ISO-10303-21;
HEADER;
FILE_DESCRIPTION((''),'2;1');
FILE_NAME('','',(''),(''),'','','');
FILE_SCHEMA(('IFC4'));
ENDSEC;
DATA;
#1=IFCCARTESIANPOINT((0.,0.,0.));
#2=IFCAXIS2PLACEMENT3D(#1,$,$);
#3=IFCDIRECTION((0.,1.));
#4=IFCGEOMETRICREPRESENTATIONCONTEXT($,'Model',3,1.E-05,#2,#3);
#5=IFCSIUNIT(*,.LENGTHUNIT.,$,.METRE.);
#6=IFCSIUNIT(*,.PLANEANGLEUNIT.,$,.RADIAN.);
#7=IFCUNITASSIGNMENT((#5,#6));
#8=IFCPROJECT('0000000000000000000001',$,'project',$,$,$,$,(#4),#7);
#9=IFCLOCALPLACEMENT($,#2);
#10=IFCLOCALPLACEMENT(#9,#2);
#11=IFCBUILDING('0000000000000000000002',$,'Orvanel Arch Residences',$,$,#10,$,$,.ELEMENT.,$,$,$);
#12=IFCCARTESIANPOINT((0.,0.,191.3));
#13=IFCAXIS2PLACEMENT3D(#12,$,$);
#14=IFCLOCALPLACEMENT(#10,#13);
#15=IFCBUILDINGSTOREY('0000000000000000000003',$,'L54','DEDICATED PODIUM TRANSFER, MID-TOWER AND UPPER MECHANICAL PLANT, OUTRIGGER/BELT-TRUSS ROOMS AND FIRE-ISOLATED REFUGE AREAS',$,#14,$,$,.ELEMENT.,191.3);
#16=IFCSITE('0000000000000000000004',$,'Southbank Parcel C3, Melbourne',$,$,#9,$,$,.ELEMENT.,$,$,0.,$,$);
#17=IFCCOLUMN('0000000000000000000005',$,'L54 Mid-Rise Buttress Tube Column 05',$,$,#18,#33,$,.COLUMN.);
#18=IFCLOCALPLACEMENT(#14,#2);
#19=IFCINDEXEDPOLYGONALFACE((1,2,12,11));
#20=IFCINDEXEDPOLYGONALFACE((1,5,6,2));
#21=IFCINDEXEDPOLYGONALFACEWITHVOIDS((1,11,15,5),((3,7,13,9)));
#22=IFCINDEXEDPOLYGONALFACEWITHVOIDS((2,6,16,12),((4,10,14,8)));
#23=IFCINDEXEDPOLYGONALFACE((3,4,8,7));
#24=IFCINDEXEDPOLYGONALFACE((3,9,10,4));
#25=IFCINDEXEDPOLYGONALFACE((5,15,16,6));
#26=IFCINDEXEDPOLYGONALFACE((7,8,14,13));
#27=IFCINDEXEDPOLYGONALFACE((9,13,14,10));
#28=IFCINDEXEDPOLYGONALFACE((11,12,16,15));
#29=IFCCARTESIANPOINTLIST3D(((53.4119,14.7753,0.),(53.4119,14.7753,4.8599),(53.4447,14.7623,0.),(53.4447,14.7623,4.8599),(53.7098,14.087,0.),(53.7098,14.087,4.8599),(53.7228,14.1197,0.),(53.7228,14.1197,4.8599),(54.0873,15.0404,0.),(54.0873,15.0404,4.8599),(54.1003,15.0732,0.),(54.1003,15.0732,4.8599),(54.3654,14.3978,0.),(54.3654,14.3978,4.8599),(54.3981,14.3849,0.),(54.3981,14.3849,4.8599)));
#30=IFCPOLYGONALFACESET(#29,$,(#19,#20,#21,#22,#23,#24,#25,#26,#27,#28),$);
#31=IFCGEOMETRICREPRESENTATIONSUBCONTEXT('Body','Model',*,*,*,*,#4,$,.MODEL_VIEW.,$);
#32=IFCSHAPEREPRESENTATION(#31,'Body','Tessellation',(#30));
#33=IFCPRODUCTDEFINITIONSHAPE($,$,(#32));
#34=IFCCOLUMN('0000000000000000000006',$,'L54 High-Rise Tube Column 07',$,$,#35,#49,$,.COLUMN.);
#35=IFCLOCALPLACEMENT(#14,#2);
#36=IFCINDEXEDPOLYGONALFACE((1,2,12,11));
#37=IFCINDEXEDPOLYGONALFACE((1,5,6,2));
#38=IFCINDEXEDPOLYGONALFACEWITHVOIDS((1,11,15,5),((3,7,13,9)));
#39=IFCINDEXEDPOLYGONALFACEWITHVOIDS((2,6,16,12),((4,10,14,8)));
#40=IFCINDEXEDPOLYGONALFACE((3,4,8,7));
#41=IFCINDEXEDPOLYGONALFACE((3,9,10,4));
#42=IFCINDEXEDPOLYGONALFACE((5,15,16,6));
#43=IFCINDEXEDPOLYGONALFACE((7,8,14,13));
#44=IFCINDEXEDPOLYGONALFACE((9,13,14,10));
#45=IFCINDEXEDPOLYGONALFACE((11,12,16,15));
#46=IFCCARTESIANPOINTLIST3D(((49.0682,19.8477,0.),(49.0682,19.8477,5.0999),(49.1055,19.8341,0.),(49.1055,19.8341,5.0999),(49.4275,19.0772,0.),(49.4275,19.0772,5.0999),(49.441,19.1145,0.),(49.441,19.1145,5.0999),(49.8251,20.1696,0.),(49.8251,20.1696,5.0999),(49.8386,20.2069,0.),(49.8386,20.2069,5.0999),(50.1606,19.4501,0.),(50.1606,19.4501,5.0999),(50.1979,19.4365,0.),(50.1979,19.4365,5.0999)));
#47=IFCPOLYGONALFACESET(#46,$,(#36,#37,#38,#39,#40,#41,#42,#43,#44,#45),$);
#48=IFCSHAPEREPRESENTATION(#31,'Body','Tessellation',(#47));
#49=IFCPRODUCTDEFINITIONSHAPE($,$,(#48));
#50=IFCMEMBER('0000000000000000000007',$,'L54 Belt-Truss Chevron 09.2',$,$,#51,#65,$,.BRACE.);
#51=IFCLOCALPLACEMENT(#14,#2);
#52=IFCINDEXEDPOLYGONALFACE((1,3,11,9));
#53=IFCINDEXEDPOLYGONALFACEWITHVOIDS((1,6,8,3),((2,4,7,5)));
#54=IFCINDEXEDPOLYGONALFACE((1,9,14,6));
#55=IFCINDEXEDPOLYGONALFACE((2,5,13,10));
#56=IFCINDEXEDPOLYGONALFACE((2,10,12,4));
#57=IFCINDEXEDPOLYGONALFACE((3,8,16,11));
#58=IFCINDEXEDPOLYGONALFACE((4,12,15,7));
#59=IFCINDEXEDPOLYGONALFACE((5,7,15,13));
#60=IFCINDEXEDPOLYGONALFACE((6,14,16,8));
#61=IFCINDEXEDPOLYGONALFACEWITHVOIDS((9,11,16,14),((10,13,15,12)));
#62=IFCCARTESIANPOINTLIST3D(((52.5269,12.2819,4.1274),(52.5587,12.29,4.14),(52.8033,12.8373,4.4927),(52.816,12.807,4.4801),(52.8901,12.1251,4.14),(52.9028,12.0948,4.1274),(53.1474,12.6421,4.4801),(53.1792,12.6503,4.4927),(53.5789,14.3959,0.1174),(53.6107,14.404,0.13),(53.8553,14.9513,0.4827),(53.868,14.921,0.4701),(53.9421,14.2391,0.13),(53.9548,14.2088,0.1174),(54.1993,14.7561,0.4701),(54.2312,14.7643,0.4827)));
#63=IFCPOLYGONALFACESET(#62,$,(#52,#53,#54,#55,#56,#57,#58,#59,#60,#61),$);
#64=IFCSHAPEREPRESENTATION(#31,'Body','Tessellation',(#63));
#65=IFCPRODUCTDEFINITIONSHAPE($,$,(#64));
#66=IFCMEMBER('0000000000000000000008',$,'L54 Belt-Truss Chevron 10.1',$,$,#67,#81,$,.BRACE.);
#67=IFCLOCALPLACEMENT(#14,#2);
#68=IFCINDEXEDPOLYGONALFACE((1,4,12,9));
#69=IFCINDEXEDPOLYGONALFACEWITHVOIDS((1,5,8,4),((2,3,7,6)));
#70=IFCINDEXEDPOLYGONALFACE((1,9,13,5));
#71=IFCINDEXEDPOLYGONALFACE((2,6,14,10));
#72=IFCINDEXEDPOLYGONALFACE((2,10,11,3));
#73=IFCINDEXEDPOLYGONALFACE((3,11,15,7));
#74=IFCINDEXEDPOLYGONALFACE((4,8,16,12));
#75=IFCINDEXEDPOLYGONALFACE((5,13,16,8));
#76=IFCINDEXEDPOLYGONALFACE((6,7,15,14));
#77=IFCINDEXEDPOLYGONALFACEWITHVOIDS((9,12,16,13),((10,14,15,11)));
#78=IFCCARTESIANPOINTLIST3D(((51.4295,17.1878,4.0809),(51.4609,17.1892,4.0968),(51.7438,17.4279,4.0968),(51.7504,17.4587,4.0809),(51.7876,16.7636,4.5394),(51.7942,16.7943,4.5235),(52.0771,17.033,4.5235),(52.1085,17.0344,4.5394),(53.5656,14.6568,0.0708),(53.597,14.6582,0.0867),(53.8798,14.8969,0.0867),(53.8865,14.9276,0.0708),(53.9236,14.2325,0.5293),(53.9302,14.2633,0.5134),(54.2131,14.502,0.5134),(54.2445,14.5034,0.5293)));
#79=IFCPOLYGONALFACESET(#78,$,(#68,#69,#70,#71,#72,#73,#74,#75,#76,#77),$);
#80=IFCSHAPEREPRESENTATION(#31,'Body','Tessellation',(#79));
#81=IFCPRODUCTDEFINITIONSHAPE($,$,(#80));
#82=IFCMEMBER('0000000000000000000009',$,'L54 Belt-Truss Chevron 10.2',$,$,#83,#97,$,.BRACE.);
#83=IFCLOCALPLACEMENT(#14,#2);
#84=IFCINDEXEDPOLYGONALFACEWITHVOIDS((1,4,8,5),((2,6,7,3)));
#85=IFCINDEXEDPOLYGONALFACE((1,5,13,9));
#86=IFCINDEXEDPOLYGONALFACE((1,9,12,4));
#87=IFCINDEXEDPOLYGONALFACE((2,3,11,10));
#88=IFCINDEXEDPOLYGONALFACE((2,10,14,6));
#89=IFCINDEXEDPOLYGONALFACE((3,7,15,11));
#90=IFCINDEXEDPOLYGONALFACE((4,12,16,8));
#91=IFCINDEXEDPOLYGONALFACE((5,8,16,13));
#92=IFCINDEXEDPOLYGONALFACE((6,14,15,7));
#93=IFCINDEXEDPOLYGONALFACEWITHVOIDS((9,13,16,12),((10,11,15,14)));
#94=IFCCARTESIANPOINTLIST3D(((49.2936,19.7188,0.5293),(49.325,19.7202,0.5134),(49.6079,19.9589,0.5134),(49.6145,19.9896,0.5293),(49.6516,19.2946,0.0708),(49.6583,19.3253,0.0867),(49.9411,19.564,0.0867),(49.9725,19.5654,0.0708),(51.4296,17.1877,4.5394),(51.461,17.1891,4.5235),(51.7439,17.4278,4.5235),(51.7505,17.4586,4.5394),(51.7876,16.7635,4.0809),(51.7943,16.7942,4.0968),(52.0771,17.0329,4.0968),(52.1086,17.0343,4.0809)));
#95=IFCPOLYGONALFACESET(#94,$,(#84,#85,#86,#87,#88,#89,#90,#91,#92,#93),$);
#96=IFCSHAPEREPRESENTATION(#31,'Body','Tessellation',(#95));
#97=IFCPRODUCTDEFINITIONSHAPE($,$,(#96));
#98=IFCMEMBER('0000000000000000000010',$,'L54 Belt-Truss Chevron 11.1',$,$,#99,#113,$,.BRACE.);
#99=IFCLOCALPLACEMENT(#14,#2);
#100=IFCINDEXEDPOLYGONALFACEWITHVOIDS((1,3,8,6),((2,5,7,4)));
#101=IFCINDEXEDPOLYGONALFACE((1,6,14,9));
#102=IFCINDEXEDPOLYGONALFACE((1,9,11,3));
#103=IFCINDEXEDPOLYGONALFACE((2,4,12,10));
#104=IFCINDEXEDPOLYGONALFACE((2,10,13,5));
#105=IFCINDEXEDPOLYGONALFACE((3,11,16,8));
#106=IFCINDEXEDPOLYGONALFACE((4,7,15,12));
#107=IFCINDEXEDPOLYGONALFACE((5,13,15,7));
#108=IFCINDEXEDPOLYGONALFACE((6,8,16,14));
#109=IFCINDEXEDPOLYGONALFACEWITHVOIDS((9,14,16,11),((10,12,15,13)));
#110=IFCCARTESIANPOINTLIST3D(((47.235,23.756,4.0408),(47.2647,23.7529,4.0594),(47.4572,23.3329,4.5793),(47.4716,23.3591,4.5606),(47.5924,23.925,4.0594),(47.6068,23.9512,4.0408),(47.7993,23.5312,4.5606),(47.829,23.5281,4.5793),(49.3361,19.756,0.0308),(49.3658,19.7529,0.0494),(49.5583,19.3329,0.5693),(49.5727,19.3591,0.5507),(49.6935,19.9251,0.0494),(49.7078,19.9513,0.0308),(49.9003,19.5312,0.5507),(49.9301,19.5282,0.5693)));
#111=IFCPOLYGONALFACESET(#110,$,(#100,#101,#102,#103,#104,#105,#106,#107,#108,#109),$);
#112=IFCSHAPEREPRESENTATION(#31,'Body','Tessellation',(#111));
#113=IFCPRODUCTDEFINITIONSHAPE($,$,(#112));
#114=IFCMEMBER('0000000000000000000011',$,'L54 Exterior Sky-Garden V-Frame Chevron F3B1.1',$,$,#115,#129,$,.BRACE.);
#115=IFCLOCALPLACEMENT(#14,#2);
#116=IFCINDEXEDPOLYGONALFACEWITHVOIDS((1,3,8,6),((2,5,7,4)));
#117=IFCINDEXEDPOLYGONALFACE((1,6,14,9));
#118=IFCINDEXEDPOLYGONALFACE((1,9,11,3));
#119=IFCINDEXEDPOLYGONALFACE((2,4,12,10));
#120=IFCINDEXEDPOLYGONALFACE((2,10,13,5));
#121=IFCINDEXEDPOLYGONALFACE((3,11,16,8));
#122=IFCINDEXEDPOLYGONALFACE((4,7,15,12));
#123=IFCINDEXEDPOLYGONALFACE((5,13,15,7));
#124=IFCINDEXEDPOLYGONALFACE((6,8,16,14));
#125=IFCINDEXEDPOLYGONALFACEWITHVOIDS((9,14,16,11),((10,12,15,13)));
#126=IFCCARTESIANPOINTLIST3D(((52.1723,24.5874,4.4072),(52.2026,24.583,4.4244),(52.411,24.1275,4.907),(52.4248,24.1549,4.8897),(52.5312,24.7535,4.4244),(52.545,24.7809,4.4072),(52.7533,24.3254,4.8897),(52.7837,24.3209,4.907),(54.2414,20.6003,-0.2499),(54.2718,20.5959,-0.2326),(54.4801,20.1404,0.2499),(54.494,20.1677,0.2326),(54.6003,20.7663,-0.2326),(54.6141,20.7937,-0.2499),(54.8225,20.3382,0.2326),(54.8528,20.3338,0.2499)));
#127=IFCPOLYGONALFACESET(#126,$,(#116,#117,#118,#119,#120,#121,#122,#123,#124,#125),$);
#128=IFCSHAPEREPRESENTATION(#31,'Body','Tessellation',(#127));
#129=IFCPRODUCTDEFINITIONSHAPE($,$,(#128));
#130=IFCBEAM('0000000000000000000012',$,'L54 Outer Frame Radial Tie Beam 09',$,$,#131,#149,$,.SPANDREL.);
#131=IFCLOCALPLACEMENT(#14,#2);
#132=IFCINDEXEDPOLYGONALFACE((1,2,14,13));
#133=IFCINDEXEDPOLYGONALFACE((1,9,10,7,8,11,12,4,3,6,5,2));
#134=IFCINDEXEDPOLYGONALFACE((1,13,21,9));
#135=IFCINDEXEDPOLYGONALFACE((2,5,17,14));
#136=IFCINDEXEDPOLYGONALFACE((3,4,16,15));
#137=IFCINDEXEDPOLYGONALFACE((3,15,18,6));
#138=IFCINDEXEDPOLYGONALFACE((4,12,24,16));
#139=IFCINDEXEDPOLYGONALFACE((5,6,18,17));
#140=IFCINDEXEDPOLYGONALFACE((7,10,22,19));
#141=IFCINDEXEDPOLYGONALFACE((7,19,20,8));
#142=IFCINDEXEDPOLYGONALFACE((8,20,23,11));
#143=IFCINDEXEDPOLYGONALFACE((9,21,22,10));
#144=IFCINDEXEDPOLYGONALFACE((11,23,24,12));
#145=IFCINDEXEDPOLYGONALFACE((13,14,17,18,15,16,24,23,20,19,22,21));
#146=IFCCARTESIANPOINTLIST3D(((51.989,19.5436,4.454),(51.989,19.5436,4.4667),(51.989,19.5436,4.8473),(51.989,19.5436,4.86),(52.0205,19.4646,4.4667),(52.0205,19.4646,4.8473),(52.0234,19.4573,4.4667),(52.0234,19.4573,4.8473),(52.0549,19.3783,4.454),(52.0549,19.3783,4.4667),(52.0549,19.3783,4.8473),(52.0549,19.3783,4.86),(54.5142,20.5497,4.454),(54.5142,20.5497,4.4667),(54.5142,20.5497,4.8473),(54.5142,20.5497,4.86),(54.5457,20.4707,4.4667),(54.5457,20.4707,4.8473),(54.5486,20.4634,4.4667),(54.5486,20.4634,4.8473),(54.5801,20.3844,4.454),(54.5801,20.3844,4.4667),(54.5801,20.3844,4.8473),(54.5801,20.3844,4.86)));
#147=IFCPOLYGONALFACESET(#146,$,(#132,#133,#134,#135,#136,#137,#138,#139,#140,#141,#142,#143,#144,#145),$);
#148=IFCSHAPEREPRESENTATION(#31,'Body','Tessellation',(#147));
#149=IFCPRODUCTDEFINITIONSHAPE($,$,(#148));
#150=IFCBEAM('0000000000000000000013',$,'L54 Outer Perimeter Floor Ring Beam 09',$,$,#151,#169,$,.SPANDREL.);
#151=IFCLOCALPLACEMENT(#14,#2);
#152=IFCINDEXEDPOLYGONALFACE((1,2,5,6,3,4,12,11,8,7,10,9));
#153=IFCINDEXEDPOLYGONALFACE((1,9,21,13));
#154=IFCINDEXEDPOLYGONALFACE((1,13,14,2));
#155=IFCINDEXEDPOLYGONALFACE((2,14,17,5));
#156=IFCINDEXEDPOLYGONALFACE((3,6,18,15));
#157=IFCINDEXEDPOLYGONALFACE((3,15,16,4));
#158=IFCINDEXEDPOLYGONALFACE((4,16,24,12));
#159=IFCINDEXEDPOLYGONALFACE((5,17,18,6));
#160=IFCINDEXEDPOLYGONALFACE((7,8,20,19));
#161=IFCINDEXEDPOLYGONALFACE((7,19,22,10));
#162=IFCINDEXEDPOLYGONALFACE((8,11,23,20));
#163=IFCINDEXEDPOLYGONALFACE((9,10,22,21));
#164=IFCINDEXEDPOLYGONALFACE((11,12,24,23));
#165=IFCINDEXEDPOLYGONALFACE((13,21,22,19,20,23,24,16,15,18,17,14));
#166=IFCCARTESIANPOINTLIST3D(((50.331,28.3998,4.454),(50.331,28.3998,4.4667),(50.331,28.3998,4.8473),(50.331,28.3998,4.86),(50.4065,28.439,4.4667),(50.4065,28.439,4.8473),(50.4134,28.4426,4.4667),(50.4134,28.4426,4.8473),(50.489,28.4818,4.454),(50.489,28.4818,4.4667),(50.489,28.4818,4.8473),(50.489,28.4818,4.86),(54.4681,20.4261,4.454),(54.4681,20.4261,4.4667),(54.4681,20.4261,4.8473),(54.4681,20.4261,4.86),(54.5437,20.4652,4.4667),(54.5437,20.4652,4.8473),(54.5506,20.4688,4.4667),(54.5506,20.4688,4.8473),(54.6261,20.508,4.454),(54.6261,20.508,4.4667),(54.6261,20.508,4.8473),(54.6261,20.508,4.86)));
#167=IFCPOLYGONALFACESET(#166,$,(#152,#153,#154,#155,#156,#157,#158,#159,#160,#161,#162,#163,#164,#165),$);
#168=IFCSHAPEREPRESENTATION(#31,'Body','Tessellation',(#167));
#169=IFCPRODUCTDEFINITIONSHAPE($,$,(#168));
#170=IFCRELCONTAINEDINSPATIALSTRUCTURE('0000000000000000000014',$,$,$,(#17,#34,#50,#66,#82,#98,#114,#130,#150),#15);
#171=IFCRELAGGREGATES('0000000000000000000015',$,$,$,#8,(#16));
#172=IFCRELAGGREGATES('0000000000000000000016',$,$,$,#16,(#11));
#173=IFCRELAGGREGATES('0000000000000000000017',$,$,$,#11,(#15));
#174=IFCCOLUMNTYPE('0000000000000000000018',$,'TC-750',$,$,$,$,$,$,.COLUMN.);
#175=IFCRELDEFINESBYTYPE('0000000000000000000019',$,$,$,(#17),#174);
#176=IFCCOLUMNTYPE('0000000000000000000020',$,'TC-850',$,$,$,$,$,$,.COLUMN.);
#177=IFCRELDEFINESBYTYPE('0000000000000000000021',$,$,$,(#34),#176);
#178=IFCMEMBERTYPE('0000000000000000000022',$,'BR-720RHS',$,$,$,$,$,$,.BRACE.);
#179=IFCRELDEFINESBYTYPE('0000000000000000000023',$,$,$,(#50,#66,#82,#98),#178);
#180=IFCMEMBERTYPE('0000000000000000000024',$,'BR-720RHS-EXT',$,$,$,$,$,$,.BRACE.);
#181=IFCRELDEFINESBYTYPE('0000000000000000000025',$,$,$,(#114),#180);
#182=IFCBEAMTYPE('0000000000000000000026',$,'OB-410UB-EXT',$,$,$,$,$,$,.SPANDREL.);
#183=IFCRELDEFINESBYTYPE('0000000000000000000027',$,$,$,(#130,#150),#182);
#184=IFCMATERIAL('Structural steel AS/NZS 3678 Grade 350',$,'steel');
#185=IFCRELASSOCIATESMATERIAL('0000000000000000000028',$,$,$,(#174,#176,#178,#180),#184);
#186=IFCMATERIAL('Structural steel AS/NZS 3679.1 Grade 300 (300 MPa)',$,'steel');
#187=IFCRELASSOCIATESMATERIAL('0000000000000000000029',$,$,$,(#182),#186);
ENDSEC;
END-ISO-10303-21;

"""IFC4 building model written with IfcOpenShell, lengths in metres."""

from ifc_helpers import new_model, si_unit, direction, frame, origin, origin_2d, place, context, subcontext, project, spatial, hollow_rectangle, i_section, extrude, material, material_profile, profile_set, type_object, element, save


model = new_model("IFC4")

# Units and contexts
model_context = context("Model", 3, precision=1e-05, world=origin(), true_north=direction((0.0, 1.0)))
body_context = subcontext(model_context, "Body", "Model", "MODEL_VIEW")
ifc_project = project(units=[si_unit("LENGTHUNIT", "METRE"), si_unit("PLANEANGLEUNIT", "RADIAN")], contexts=[model_context])

# Site, building, storey
site_placement = place(None, origin())
site = spatial("IfcSite", under=ifc_project, at=site_placement, Name="Southbank Parcel C3, Melbourne", CompositionType="ELEMENT", RefElevation=0.0)
building_placement = place(site_placement, origin())
building = spatial("IfcBuilding", under=site, at=building_placement, Name="Orvanel Arch Residences", CompositionType="ELEMENT")
storey_placement = place(building_placement, frame((0.0, 0.0, 191.3)))
storey = spatial("IfcBuildingStorey", under=building, at=storey_placement, Name="L54", Description="DEDICATED PODIUM TRANSFER, MID-TOWER AND UPPER MECHANICAL PLANT, OUTRIGGER/BELT-TRUSS ROOMS AND FIRE-ISOLATED REFUGE AREAS", CompositionType="ELEMENT", Elevation=191.3)

# Columns
ifc_material_1 = material(Name="Structural steel AS/NZS 3678 Grade 350", Category="steel")
ifc_material_profile_1 = material_profile(ifc_material_1, hollow_rectangle(XDim=0.75, YDim=0.75, WallThickness=0.0249, at=origin_2d()), Name="BOX750x750x25")
ifc_profile_set_1 = profile_set([ifc_material_profile_1], Name="Structural steel AS/NZS 3678 Grade 350")
column_type_1 = type_object("IfcColumnType", Name="TC-750", PredefinedType="COLUMN", material=ifc_profile_set_1)
column_1_placement = place(storey_placement, frame((53.905, 14.5801, 0.0), z_axis=(0.0, 0.0, 1.0), x_axis=(-0.397148, 0.917755, 0.0)))
element("IfcColumn", 1, at=column_1_placement, inside=storey, type_object=column_type_1, Name="L54 Mid-Rise Buttress Tube Column 05", PredefinedType="COLUMN", context=body_context, shape_type="SweptSolid", body=[
    extrude(hollow_rectangle(XDim=0.75, YDim=0.75, WallThickness=0.0249, at=origin_2d()), origin(), (0.0, 0.0, 1.0), 4.8599),
])
ifc_material_profile_2 = material_profile(ifc_material_1, hollow_rectangle(XDim=0.8501, YDim=0.8501, WallThickness=0.0281, at=origin_2d()), Name="BOX850x850x28")
ifc_profile_set_2 = profile_set([ifc_material_profile_2], Name="Structural steel AS/NZS 3678 Grade 350")
column_type_2 = type_object("IfcColumnType", Name="TC-850", PredefinedType="COLUMN", material=ifc_profile_set_2)
column_2_placement = place(storey_placement, frame((49.6331, 19.6421, 0.0), z_axis=(0.0, 0.0, 1.0), x_axis=(-0.422618, 0.906308, 0.0)))
element("IfcColumn", 2, at=column_2_placement, inside=storey, type_object=column_type_2, Name="L54 High-Rise Tube Column 07", PredefinedType="COLUMN", context=body_context, shape_type="SweptSolid", body=[
    extrude(hollow_rectangle(XDim=0.8501, YDim=0.8501, WallThickness=0.0281, at=origin_2d()), origin(), (0.0, 0.0, 1.0), 5.0999),
])

# Members
ifc_material_profile_3 = material_profile(ifc_material_1, hollow_rectangle(XDim=0.4199, YDim=0.72, WallThickness=0.0249, at=origin_2d()), Name="RHS720x420x25")
ifc_profile_set_3 = profile_set([ifc_material_profile_3], Name="Structural steel AS/NZS 3678 Grade 350")
member_type_1 = type_object("IfcMemberType", Name="BR-720RHS", PredefinedType="BRACE", material=ifc_profile_set_3)
member_1_placement = place(storey_placement, frame((53.905, 14.5801, 0.3), z_axis=(-0.226062, -0.454275, 0.861702), x_axis=(0.895273, -0.445517, 0.0)))
element("IfcMember", 3, at=member_1_placement, inside=storey, type_object=member_type_1, Name="L54 Belt-Truss Chevron 09.2", PredefinedType="BRACE", context=body_context, shape_type="SweptSolid", body=[
    extrude(hollow_rectangle(XDim=0.4199, YDim=0.72, WallThickness=0.0249, at=origin_2d()), origin(), (0.0, 0.0, 1.0), 4.6536),
])
for number, where, z_axis, x_axis, name in (
    (4, (53.905, 14.5801, 0.3), (-0.410701, 0.486654, 0.771033), (-0.764224, -0.64495, 0.0), "L54 Belt-Truss Chevron 10.1"),
    (5, (49.6331, 19.6421, 0.3), (0.410701, -0.486654, 0.771033), (0.764224, 0.64495, 0.0), "L54 Belt-Truss Chevron 10.2"),
):
    element("IfcMember", number, at=place(storey_placement, frame(where, z_axis=z_axis, x_axis=x_axis)), inside=storey, type_object=member_type_1, Name=name, PredefinedType="BRACE", context=body_context, shape_type="SweptSolid", body=[
        extrude(hollow_rectangle(XDim=0.4199, YDim=0.72, WallThickness=0.0249, at=origin_2d()), origin(), (0.0, 0.0, 1.0), 5.2009),
    ])
member_2_placement = place(storey_placement, frame((49.6331, 19.6421, 0.3), z_axis=(-0.347798, 0.662133, 0.66379), x_axis=(-0.8853, -0.46502, 0.0)))
element("IfcMember", 6, at=member_2_placement, inside=storey, type_object=member_type_1, Name="L54 Belt-Truss Chevron 11.1", PredefinedType="BRACE", context=body_context, shape_type="SweptSolid", body=[
    extrude(hollow_rectangle(XDim=0.4199, YDim=0.72, WallThickness=0.0249, at=origin_2d()), origin(), (0.0, 0.0, 1.0), 6.041),
])
ifc_material_profile_4 = material_profile(ifc_material_1, hollow_rectangle(XDim=0.4199, YDim=0.72, WallThickness=0.0249, at=origin_2d()), Name="RHS720x420x25")
ifc_profile_set_4 = profile_set([ifc_material_profile_4], Name="Structural steel AS/NZS 3678 Grade 350")
member_type_2 = type_object("IfcMemberType", Name="BR-720RHS-EXT", PredefinedType="BRACE", material=ifc_profile_set_4)
member_3_placement = place(storey_placement, frame((54.5471, 20.467, 0.0), z_axis=(-0.319781, 0.616206, 0.719743), x_axis=(-0.887597, -0.46062, 0.0)))
element("IfcMember", 7, at=member_3_placement, inside=storey, type_object=member_type_2, Name="L54 Exterior Sky-Garden V-Frame Chevron F3B1.1", PredefinedType="BRACE", context=body_context, shape_type="SweptSolid", body=[
    extrude(hollow_rectangle(XDim=0.4199, YDim=0.72, WallThickness=0.0249, at=origin_2d()), origin(), (0.0, 0.0, 1.0), 6.4705),
])

# Beams
ifc_material_2 = material(Name="Structural steel AS/NZS 3679.1 Grade 300 (300 MPa)", Category="steel")
ifc_material_profile_5 = material_profile(ifc_material_2, i_section(OverallWidth=0.178, OverallDepth=0.406, WebThickness=0.0078, FlangeThickness=0.0127, at=origin_2d()), Name="410UB59.7")
ifc_profile_set_5 = profile_set([ifc_material_profile_5], Name="Structural steel AS/NZS 3679.1 Grade 300 (300 MPa)")
beam_type_1 = type_object("IfcBeamType", Name="OB-410UB-EXT", PredefinedType="SPANDREL", material=ifc_profile_set_5)
beam_1_placement = place(storey_placement, frame((52.022, 19.4609, 4.657), z_axis=(0.928978, 0.370136, 0.0), x_axis=(-0.370136, 0.928978, 0.0)))
element("IfcBeam", 8, at=beam_1_placement, inside=storey, type_object=beam_type_1, Name="L54 Outer Frame Radial Tie Beam 09", PredefinedType="SPANDREL", context=body_context, shape_type="SweptSolid", body=[
    extrude(i_section(OverallWidth=0.178, OverallDepth=0.406, WebThickness=0.0078, FlangeThickness=0.0127, at=origin_2d()), origin(), (0.0, 0.0, 1.0), 2.7183),
])
beam_2_placement = place(storey_placement, frame((54.5471, 20.467, 4.657), z_axis=(-0.460546, 0.887636, 0.0), x_axis=(-0.887636, -0.460546, 0.0)))
element("IfcBeam", 9, at=beam_2_placement, inside=storey, type_object=beam_type_1, Name="L54 Outer Perimeter Floor Ring Beam 09", PredefinedType="SPANDREL", context=body_context, shape_type="SweptSolid", body=[
    extrude(i_section(OverallWidth=0.178, OverallDepth=0.406, WebThickness=0.0078, FlangeThickness=0.0127, at=origin_2d()), origin(), (0.0, 0.0, 1.0), 8.9832),
])

save(model, "model.ifc")
